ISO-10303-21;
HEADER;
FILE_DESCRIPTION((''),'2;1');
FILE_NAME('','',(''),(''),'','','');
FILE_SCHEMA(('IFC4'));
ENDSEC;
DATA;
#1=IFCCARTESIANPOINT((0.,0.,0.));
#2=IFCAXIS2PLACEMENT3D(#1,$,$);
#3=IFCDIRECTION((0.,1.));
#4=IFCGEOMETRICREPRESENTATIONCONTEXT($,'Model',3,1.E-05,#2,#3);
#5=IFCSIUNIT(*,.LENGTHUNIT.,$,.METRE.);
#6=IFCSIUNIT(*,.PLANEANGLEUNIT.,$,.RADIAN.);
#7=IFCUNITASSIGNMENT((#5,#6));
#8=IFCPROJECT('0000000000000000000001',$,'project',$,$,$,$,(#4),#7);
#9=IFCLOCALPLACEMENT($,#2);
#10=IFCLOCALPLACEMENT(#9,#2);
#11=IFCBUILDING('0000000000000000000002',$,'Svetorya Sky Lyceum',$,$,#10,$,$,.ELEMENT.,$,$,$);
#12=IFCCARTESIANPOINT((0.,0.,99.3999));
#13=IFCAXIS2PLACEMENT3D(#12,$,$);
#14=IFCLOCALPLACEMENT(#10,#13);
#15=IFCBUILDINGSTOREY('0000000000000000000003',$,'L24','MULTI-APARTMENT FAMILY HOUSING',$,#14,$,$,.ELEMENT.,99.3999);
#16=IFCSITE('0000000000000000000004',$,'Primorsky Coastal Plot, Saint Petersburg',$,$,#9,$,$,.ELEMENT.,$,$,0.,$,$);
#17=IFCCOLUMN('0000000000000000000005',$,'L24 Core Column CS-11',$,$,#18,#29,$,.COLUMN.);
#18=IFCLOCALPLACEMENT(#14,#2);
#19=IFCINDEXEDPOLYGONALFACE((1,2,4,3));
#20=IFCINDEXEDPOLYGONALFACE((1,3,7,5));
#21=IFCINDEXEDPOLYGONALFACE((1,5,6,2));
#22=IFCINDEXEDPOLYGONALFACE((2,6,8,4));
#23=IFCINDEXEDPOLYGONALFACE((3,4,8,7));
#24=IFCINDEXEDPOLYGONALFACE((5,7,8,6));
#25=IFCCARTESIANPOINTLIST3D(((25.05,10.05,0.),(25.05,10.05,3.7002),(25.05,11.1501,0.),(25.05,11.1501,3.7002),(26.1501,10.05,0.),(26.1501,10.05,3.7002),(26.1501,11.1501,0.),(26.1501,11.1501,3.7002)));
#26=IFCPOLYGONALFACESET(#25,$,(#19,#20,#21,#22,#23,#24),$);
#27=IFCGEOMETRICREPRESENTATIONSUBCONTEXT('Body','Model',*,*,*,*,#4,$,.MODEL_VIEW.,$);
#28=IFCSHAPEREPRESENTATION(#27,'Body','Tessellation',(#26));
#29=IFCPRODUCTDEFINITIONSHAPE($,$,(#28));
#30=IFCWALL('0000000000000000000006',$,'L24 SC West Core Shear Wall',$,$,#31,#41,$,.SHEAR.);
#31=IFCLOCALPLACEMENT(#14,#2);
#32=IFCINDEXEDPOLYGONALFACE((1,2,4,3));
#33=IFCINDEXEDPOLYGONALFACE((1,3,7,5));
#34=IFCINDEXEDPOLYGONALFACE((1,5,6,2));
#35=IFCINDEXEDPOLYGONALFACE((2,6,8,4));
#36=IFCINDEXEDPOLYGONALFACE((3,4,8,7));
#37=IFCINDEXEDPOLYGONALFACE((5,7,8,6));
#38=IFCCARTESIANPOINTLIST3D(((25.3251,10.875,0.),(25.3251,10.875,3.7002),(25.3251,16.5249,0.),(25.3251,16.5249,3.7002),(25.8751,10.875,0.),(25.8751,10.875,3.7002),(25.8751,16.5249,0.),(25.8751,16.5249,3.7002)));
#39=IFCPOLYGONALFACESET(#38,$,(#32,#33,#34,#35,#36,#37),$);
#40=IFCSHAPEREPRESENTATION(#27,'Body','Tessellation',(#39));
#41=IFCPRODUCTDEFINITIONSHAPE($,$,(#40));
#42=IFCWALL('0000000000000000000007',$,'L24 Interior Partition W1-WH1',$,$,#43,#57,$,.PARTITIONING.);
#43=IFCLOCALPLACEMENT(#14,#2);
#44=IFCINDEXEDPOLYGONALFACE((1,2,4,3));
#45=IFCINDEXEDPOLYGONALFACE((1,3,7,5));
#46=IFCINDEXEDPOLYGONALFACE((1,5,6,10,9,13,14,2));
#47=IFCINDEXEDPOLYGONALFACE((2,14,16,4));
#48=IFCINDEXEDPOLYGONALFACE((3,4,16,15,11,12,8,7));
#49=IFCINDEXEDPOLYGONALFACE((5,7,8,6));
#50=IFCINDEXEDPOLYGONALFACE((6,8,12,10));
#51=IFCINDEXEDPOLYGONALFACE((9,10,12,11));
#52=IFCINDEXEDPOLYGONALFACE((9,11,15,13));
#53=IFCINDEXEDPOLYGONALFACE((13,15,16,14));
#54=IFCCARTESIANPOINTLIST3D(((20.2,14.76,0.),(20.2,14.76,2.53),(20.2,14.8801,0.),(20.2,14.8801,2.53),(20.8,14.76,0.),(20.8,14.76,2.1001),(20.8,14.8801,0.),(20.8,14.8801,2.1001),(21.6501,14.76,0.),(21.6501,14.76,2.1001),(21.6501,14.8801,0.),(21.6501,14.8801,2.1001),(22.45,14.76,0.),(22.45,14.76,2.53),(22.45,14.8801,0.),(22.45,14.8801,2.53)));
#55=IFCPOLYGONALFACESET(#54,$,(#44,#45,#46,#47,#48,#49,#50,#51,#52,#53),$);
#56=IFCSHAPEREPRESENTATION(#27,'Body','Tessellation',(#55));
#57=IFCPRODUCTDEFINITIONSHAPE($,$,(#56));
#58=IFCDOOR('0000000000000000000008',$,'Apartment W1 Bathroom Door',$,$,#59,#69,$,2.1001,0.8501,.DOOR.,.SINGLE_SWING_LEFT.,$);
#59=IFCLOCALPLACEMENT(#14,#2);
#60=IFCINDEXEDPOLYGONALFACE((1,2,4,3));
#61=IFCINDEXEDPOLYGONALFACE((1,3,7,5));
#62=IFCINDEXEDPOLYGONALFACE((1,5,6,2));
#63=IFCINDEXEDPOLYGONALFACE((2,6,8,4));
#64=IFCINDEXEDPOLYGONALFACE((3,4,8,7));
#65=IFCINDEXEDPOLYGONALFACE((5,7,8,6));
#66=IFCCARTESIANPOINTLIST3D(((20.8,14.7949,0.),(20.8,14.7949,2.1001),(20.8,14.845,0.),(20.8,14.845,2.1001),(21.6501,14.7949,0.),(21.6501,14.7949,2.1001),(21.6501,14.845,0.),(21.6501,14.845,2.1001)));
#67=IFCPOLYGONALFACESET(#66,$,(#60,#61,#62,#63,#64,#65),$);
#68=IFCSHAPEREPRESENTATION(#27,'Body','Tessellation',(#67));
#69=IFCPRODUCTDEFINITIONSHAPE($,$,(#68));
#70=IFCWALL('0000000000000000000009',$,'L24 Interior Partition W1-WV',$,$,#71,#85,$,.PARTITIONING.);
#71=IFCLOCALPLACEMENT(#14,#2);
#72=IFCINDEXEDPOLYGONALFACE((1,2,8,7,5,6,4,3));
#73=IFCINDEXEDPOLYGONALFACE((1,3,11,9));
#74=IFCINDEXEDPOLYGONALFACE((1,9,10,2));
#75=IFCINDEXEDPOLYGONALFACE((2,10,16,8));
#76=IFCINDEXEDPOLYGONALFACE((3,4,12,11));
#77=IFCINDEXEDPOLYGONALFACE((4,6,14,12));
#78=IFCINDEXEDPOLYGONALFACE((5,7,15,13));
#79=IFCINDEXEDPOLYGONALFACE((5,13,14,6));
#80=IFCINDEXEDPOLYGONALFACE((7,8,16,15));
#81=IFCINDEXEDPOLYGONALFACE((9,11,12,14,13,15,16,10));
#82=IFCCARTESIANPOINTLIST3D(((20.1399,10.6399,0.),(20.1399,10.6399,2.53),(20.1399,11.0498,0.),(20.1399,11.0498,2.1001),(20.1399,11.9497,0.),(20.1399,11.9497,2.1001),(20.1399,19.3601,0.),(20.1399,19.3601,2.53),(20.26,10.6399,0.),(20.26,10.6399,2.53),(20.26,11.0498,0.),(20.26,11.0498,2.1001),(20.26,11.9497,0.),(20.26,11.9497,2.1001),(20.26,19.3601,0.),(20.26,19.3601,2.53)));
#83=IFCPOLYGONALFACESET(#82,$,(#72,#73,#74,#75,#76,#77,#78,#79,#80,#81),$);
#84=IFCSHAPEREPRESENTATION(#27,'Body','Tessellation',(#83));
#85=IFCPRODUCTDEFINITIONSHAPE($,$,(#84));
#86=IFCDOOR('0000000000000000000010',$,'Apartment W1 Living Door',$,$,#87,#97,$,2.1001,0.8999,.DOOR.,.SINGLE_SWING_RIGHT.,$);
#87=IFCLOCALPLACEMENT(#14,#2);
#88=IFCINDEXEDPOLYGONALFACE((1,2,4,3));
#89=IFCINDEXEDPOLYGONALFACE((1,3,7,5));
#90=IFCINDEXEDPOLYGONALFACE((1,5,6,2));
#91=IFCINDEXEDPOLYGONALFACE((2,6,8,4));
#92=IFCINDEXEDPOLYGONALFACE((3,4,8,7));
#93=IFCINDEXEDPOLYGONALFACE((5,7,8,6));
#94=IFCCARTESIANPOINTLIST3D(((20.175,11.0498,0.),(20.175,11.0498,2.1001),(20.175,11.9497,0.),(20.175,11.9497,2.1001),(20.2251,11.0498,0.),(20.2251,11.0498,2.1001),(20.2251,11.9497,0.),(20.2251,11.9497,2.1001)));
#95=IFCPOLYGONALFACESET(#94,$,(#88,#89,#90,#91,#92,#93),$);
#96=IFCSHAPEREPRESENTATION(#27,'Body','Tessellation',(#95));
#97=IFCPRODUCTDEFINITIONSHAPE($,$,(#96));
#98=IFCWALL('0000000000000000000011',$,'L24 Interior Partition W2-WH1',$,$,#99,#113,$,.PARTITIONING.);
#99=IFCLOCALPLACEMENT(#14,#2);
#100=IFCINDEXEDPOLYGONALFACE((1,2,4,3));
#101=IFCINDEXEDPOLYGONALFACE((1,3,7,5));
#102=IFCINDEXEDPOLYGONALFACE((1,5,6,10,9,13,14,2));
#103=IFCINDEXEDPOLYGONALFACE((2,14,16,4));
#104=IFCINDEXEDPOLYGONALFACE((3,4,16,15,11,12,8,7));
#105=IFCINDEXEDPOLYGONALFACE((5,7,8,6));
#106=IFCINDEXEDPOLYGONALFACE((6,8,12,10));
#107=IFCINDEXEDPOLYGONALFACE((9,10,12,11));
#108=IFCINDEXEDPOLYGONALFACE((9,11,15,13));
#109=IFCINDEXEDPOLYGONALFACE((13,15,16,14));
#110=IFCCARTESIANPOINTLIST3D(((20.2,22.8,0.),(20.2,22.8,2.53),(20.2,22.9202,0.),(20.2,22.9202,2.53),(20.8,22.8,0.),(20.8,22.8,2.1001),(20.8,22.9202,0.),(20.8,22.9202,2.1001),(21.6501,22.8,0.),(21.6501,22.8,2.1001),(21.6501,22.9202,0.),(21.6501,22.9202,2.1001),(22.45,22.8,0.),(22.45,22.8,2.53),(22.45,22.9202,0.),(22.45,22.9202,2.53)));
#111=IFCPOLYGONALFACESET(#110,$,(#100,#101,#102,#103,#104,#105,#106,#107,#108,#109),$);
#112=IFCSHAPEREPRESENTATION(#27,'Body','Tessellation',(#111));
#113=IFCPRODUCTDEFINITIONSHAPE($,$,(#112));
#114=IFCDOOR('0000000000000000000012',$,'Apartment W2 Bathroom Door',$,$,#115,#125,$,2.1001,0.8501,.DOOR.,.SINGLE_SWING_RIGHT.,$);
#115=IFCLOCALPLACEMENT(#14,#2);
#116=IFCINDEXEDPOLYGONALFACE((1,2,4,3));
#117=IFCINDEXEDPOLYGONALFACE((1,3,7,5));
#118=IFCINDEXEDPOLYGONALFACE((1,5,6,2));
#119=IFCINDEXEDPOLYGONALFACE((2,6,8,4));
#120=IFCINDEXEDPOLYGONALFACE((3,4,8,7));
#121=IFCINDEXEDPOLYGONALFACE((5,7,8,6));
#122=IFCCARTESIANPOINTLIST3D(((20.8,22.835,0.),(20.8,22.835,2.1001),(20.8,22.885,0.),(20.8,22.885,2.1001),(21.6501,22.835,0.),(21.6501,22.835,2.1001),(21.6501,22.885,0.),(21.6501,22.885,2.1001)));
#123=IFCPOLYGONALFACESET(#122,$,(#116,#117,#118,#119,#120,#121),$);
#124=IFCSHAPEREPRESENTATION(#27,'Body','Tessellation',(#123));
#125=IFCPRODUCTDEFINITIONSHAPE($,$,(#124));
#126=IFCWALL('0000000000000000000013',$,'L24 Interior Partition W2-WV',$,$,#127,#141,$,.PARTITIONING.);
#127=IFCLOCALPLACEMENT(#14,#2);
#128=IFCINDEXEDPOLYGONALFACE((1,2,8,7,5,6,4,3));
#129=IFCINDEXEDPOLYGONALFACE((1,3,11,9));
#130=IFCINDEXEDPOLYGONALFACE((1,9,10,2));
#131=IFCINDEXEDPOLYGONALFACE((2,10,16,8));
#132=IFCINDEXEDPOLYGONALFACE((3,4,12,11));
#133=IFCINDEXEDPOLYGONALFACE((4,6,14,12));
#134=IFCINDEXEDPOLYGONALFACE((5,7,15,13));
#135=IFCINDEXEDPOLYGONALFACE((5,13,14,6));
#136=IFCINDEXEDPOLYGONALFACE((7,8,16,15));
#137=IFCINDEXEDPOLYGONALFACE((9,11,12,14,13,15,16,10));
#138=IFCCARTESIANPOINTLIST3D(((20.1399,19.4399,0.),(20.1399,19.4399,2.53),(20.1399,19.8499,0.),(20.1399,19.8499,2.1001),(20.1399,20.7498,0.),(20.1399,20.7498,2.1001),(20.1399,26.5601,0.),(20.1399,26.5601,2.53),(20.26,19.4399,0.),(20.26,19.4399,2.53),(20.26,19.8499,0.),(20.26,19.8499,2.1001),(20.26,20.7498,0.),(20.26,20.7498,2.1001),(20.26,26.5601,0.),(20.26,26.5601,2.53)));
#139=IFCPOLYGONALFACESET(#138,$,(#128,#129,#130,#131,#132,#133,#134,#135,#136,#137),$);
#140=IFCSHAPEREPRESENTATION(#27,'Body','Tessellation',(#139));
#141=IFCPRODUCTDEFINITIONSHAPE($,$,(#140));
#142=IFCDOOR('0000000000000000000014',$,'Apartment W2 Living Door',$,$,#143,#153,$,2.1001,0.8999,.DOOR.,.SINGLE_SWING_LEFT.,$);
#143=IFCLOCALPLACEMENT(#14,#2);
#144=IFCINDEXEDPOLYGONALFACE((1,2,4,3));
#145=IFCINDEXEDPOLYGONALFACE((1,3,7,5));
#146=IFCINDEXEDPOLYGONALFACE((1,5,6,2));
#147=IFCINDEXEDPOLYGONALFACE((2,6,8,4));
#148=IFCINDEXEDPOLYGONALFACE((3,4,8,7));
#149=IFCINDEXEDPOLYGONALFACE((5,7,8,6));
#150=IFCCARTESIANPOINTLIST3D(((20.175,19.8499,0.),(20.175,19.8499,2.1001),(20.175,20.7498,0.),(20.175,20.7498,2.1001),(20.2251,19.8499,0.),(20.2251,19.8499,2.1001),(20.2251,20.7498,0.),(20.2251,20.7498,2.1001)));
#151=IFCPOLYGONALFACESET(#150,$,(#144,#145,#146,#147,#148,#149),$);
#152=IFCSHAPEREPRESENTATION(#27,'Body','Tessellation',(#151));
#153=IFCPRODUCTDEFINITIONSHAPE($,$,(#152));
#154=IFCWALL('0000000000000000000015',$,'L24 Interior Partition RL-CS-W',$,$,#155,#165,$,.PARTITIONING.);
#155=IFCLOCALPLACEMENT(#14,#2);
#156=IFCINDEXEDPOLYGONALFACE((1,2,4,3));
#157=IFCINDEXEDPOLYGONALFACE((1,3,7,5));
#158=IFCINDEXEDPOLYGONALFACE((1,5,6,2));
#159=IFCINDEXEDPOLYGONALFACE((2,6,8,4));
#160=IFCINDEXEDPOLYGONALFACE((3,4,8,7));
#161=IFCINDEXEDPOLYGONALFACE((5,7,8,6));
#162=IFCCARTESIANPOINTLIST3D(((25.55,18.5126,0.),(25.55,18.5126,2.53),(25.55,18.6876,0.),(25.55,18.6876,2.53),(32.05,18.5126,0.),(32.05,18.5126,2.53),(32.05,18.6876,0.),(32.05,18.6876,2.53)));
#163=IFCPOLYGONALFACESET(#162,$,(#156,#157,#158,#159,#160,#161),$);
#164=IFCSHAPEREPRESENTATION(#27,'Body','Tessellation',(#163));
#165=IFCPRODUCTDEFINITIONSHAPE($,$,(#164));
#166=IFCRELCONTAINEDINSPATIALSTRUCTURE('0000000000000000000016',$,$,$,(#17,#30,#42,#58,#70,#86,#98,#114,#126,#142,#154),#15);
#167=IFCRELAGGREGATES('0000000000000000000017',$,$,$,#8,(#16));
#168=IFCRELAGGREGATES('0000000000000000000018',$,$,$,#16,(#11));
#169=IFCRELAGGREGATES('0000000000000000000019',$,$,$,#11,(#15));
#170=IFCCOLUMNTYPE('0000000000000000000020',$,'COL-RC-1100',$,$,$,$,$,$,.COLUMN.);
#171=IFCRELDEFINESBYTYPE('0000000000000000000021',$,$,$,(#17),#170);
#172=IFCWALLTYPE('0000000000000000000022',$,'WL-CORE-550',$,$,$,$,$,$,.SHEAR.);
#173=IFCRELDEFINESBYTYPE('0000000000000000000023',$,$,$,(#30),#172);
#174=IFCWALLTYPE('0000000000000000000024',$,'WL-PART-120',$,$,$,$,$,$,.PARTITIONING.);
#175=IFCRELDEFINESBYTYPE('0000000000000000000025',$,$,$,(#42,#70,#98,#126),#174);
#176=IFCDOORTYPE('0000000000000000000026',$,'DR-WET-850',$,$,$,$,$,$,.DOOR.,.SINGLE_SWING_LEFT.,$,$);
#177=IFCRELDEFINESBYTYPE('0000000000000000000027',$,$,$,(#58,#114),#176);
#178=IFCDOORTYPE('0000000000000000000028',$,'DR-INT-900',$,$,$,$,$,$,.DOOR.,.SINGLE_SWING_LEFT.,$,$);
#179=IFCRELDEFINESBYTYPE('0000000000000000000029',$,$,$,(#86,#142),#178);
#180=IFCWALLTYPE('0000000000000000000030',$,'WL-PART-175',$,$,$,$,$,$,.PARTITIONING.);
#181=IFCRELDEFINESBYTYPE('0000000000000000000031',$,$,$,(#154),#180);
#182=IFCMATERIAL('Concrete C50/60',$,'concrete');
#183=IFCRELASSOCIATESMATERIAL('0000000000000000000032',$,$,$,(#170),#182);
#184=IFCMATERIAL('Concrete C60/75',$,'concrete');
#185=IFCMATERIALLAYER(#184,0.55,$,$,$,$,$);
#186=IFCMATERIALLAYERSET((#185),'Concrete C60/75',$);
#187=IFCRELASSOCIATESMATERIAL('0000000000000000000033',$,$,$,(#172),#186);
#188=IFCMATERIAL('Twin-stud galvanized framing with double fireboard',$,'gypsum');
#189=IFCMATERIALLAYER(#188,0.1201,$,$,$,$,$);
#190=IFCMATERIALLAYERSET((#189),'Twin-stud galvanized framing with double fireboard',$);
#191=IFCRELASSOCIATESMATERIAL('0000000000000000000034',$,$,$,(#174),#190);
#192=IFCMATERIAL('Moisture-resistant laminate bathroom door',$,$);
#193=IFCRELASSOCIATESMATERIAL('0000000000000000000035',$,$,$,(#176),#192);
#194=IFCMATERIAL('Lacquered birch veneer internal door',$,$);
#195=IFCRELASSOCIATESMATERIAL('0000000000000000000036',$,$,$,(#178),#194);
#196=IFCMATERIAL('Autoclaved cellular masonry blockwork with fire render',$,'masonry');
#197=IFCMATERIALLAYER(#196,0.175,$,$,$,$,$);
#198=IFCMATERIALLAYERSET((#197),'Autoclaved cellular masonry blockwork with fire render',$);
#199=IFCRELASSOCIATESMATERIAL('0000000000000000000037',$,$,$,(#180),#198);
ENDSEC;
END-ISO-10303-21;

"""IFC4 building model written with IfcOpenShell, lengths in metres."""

from ifc_helpers import new_model, si_unit, direction, frame, frame_2d, origin, origin_2d, place, context, subcontext, project, spatial, rectangle, extrude, material, layer, layer_set, material_profile, profile_set, type_object, element, fill, save


model = new_model("IFC4")

# Units and contexts
model_context = context("Model", 3, precision=1e-05, world=origin(), true_north=direction((0.0, 1.0)))
body_context = subcontext(model_context, "Body", "Model", "MODEL_VIEW")
ifc_project = project(units=[si_unit("LENGTHUNIT", "METRE"), si_unit("PLANEANGLEUNIT", "RADIAN")], contexts=[model_context])

# Site, building, storey
site_placement = place(None, origin())
site = spatial("IfcSite", under=ifc_project, at=site_placement, Name="Primorsky Coastal Plot, Saint Petersburg", CompositionType="ELEMENT", RefElevation=0.0)
building_placement = place(site_placement, origin())
building = spatial("IfcBuilding", under=site, at=building_placement, Name="Svetorya Sky Lyceum", CompositionType="ELEMENT")
storey_placement = place(building_placement, frame((0.0, 0.0, 99.3999)))
storey = spatial("IfcBuildingStorey", under=building, at=storey_placement, Name="L24", Description="MULTI-APARTMENT FAMILY HOUSING", CompositionType="ELEMENT", Elevation=99.3999)

# Column
ifc_material_1 = material(Name="Concrete C50/60", Category="concrete")
ifc_material_profile = material_profile(ifc_material_1, rectangle(XDim=1.1001, YDim=1.1001, at=origin_2d()), Name="RC COL 1100x1100")
ifc_profile_set = profile_set([ifc_material_profile], Name="Concrete C50/60")
column_type = type_object("IfcColumnType", Name="COL-RC-1100", PredefinedType="COLUMN", material=ifc_profile_set)
column_placement = place(storey_placement, frame((25.6001, 10.6001, 0.0), z_axis=(0.0, 0.0, 1.0), x_axis=(1.0, 0.0, 0.0)))
element("IfcColumn", 1, at=column_placement, inside=storey, type_object=column_type, Name="L24 Core Column CS-11", PredefinedType="COLUMN", context=body_context, shape_type="SweptSolid", body=[
    extrude(rectangle(XDim=1.1001, YDim=1.1001, at=origin_2d()), origin(), (0.0, 0.0, 1.0), 3.7002),
])

# Wall
ifc_material_2 = material(Name="Concrete C60/75", Category="concrete")
ifc_layer_1 = layer(ifc_material_2, 0.55)
ifc_layer_set_1 = layer_set([ifc_layer_1], Name="Concrete C60/75")
wall_type_1 = type_object("IfcWallType", Name="WL-CORE-550", PredefinedType="SHEAR", material=ifc_layer_set_1)
wall_1_placement = place(storey_placement, frame((25.6001, 10.875, 0.0), z_axis=(0.0, 0.0, 1.0), x_axis=(0.0, 1.0, 0.0)))
element("IfcWall", 2, at=wall_1_placement, inside=storey, type_object=wall_type_1, Name="L24 SC West Core Shear Wall", PredefinedType="SHEAR", context=body_context, shape_type="SweptSolid", body=[
    extrude(rectangle(XDim=5.6499, YDim=0.55, at=frame_2d((2.825, 0.0))), origin(), (0.0, 0.0, 1.0), 3.7002),
])

# Walls, openings, doors
ifc_material_3 = material(Name="Twin-stud galvanized framing with double fireboard", Category="gypsum")
ifc_layer_2 = layer(ifc_material_3, 0.1201)
ifc_layer_set_2 = layer_set([ifc_layer_2], Name="Twin-stud galvanized framing with double fireboard")
wall_type_2 = type_object("IfcWallType", Name="WL-PART-120", PredefinedType="PARTITIONING", material=ifc_layer_set_2)
wall_2_placement = place(storey_placement, frame((20.2, 14.8201, 0.0), z_axis=(0.0, 0.0, 1.0), x_axis=(1.0, 0.0, 0.0)))
wall_2 = element("IfcWall", 3, at=wall_2_placement, inside=storey, type_object=wall_type_2, Name="L24 Interior Partition W1-WH1", PredefinedType="PARTITIONING", context=body_context, shape_type="SweptSolid", body=[
    extrude(rectangle(XDim=2.25, YDim=0.1201, at=frame_2d((1.125, 0.0))), origin(), (0.0, 0.0, 1.0), 2.53),
])
opening_1_placement = place(wall_2_placement, frame((0.6001, 0.0, 0.0)))
opening_1 = element("IfcOpeningElement", 4, at=opening_1_placement, cuts=wall_2, PredefinedType="OPENING", context=body_context, shape_type="SweptSolid", body=[
    extrude(rectangle(XDim=0.8501, YDim=2.1001, at=frame_2d((0.425, 1.05))), frame((0.0, 0.0701, 0.0), z_axis=(0.0, -1.0, 0.0), x_axis=(1.0, 0.0, 0.0)), (0.0, 0.0, 1.0), 0.1401),
])
ifc_material_4 = material(Name="Moisture-resistant laminate bathroom door")
door_type_1 = type_object("IfcDoorType", Name="DR-WET-850", OperationType="SINGLE_SWING_LEFT", PredefinedType="DOOR", material=ifc_material_4)
door_1_placement = place(opening_1_placement, origin())
door_1 = element("IfcDoor", 5, at=door_1_placement, inside=storey, type_object=door_type_1, Name="Apartment W1 Bathroom Door", OperationType="SINGLE_SWING_LEFT", OverallHeight=2.1001, OverallWidth=0.8501, PredefinedType="DOOR", context=body_context, shape_type="SweptSolid", body=[
    extrude(rectangle(XDim=0.8501, YDim=2.1001, at=frame_2d((0.425, 1.05))), frame((0.0, 0.0249, 0.0), z_axis=(0.0, -1.0, 0.0), x_axis=(1.0, 0.0, 0.0)), (0.0, 0.0, 1.0), 0.05),
])
fill(opening_1, door_1)
wall_3_placement = place(storey_placement, frame((20.2, 10.6399, 0.0), z_axis=(0.0, 0.0, 1.0), x_axis=(0.0, 1.0, 0.0)))
wall_3 = element("IfcWall", 6, at=wall_3_placement, inside=storey, type_object=wall_type_2, Name="L24 Interior Partition W1-WV", PredefinedType="PARTITIONING", context=body_context, shape_type="SweptSolid", body=[
    extrude(rectangle(XDim=8.7202, YDim=0.1201, at=frame_2d((4.3601, 0.0))), origin(), (0.0, 0.0, 1.0), 2.53),
])
opening_2_placement = place(wall_3_placement, frame((0.4099, 0.0, 0.0)))
opening_2 = element("IfcOpeningElement", 7, at=opening_2_placement, cuts=wall_3, PredefinedType="OPENING", context=body_context, shape_type="SweptSolid", body=[
    extrude(rectangle(XDim=0.8999, YDim=2.1001, at=frame_2d((0.45, 1.05))), frame((0.0, 0.0701, 0.0), z_axis=(0.0, -1.0, 0.0), x_axis=(1.0, 0.0, 0.0)), (0.0, 0.0, 1.0), 0.1401),
])
ifc_material_5 = material(Name="Lacquered birch veneer internal door")
door_type_2 = type_object("IfcDoorType", Name="DR-INT-900", OperationType="SINGLE_SWING_LEFT", PredefinedType="DOOR", material=ifc_material_5)
door_2_placement = place(opening_2_placement, origin())
door_2 = element("IfcDoor", 8, at=door_2_placement, inside=storey, type_object=door_type_2, Name="Apartment W1 Living Door", OperationType="SINGLE_SWING_RIGHT", OverallHeight=2.1001, OverallWidth=0.8999, PredefinedType="DOOR", context=body_context, shape_type="SweptSolid", body=[
    extrude(rectangle(XDim=0.8999, YDim=2.1001, at=frame_2d((0.45, 1.05))), frame((0.0, 0.0249, 0.0), z_axis=(0.0, -1.0, 0.0), x_axis=(1.0, 0.0, 0.0)), (0.0, 0.0, 1.0), 0.05),
])
fill(opening_2, door_2)
wall_4_placement = place(storey_placement, frame((20.2, 22.8601, 0.0), z_axis=(0.0, 0.0, 1.0), x_axis=(1.0, 0.0, 0.0)))
wall_4 = element("IfcWall", 9, at=wall_4_placement, inside=storey, type_object=wall_type_2, Name="L24 Interior Partition W2-WH1", PredefinedType="PARTITIONING", context=body_context, shape_type="SweptSolid", body=[
    extrude(rectangle(XDim=2.25, YDim=0.1201, at=frame_2d((1.125, 0.0))), origin(), (0.0, 0.0, 1.0), 2.53),
])
opening_3_placement = place(wall_4_placement, frame((0.6001, 0.0, 0.0)))
opening_3 = element("IfcOpeningElement", 10, at=opening_3_placement, cuts=wall_4, PredefinedType="OPENING", context=body_context, shape_type="SweptSolid", body=[
    extrude(rectangle(XDim=0.8501, YDim=2.1001, at=frame_2d((0.425, 1.05))), frame((0.0, 0.0701, 0.0), z_axis=(0.0, -1.0, 0.0), x_axis=(1.0, 0.0, 0.0)), (0.0, 0.0, 1.0), 0.1401),
])
door_3_placement = place(opening_3_placement, origin())
door_3 = element("IfcDoor", 11, at=door_3_placement, inside=storey, type_object=door_type_1, Name="Apartment W2 Bathroom Door", OperationType="SINGLE_SWING_RIGHT", OverallHeight=2.1001, OverallWidth=0.8501, PredefinedType="DOOR", context=body_context, shape_type="SweptSolid", body=[
    extrude(rectangle(XDim=0.8501, YDim=2.1001, at=frame_2d((0.425, 1.05))), frame((0.0, 0.0249, 0.0), z_axis=(0.0, -1.0, 0.0), x_axis=(1.0, 0.0, 0.0)), (0.0, 0.0, 1.0), 0.05),
])
fill(opening_3, door_3)
wall_5_placement = place(storey_placement, frame((20.2, 19.4399, 0.0), z_axis=(0.0, 0.0, 1.0), x_axis=(0.0, 1.0, 0.0)))
wall_5 = element("IfcWall", 12, at=wall_5_placement, inside=storey, type_object=wall_type_2, Name="L24 Interior Partition W2-WV", PredefinedType="PARTITIONING", context=body_context, shape_type="SweptSolid", body=[
    extrude(rectangle(XDim=7.1201, YDim=0.1201, at=frame_2d((3.5601, 0.0))), origin(), (0.0, 0.0, 1.0), 2.53),
])
opening_4_placement = place(wall_5_placement, frame((0.4099, 0.0, 0.0)))
opening_4 = element("IfcOpeningElement", 13, at=opening_4_placement, cuts=wall_5, PredefinedType="OPENING", context=body_context, shape_type="SweptSolid", body=[
    extrude(rectangle(XDim=0.8999, YDim=2.1001, at=frame_2d((0.45, 1.05))), frame((0.0, 0.0701, 0.0), z_axis=(0.0, -1.0, 0.0), x_axis=(1.0, 0.0, 0.0)), (0.0, 0.0, 1.0), 0.1401),
])
door_4_placement = place(opening_4_placement, origin())
door_4 = element("IfcDoor", 14, at=door_4_placement, inside=storey, type_object=door_type_2, Name="Apartment W2 Living Door", OperationType="SINGLE_SWING_LEFT", OverallHeight=2.1001, OverallWidth=0.8999, PredefinedType="DOOR", context=body_context, shape_type="SweptSolid", body=[
    extrude(rectangle(XDim=0.8999, YDim=2.1001, at=frame_2d((0.45, 1.05))), frame((0.0, 0.0249, 0.0), z_axis=(0.0, -1.0, 0.0), x_axis=(1.0, 0.0, 0.0)), (0.0, 0.0, 1.0), 0.05),
])
fill(opening_4, door_4)

# Wall
ifc_material_6 = material(Name="Autoclaved cellular masonry blockwork with fire render", Category="masonry")
ifc_layer_3 = layer(ifc_material_6, 0.175)
ifc_layer_set_3 = layer_set([ifc_layer_3], Name="Autoclaved cellular masonry blockwork with fire render")
wall_type_3 = type_object("IfcWallType", Name="WL-PART-175", PredefinedType="PARTITIONING", material=ifc_layer_set_3)
wall_6_placement = place(storey_placement, frame((25.55, 18.6001, 0.0), z_axis=(0.0, 0.0, 1.0), x_axis=(1.0, 0.0, 0.0)))
element("IfcWall", 15, at=wall_6_placement, inside=storey, type_object=wall_type_3, Name="L24 Interior Partition RL-CS-W", PredefinedType="PARTITIONING", context=body_context, shape_type="SweptSolid", body=[
    extrude(rectangle(XDim=6.5, YDim=0.175, at=frame_2d((3.25, 0.0))), origin(), (0.0, 0.0, 1.0), 2.53),
])

save(model, "model.ifc")
